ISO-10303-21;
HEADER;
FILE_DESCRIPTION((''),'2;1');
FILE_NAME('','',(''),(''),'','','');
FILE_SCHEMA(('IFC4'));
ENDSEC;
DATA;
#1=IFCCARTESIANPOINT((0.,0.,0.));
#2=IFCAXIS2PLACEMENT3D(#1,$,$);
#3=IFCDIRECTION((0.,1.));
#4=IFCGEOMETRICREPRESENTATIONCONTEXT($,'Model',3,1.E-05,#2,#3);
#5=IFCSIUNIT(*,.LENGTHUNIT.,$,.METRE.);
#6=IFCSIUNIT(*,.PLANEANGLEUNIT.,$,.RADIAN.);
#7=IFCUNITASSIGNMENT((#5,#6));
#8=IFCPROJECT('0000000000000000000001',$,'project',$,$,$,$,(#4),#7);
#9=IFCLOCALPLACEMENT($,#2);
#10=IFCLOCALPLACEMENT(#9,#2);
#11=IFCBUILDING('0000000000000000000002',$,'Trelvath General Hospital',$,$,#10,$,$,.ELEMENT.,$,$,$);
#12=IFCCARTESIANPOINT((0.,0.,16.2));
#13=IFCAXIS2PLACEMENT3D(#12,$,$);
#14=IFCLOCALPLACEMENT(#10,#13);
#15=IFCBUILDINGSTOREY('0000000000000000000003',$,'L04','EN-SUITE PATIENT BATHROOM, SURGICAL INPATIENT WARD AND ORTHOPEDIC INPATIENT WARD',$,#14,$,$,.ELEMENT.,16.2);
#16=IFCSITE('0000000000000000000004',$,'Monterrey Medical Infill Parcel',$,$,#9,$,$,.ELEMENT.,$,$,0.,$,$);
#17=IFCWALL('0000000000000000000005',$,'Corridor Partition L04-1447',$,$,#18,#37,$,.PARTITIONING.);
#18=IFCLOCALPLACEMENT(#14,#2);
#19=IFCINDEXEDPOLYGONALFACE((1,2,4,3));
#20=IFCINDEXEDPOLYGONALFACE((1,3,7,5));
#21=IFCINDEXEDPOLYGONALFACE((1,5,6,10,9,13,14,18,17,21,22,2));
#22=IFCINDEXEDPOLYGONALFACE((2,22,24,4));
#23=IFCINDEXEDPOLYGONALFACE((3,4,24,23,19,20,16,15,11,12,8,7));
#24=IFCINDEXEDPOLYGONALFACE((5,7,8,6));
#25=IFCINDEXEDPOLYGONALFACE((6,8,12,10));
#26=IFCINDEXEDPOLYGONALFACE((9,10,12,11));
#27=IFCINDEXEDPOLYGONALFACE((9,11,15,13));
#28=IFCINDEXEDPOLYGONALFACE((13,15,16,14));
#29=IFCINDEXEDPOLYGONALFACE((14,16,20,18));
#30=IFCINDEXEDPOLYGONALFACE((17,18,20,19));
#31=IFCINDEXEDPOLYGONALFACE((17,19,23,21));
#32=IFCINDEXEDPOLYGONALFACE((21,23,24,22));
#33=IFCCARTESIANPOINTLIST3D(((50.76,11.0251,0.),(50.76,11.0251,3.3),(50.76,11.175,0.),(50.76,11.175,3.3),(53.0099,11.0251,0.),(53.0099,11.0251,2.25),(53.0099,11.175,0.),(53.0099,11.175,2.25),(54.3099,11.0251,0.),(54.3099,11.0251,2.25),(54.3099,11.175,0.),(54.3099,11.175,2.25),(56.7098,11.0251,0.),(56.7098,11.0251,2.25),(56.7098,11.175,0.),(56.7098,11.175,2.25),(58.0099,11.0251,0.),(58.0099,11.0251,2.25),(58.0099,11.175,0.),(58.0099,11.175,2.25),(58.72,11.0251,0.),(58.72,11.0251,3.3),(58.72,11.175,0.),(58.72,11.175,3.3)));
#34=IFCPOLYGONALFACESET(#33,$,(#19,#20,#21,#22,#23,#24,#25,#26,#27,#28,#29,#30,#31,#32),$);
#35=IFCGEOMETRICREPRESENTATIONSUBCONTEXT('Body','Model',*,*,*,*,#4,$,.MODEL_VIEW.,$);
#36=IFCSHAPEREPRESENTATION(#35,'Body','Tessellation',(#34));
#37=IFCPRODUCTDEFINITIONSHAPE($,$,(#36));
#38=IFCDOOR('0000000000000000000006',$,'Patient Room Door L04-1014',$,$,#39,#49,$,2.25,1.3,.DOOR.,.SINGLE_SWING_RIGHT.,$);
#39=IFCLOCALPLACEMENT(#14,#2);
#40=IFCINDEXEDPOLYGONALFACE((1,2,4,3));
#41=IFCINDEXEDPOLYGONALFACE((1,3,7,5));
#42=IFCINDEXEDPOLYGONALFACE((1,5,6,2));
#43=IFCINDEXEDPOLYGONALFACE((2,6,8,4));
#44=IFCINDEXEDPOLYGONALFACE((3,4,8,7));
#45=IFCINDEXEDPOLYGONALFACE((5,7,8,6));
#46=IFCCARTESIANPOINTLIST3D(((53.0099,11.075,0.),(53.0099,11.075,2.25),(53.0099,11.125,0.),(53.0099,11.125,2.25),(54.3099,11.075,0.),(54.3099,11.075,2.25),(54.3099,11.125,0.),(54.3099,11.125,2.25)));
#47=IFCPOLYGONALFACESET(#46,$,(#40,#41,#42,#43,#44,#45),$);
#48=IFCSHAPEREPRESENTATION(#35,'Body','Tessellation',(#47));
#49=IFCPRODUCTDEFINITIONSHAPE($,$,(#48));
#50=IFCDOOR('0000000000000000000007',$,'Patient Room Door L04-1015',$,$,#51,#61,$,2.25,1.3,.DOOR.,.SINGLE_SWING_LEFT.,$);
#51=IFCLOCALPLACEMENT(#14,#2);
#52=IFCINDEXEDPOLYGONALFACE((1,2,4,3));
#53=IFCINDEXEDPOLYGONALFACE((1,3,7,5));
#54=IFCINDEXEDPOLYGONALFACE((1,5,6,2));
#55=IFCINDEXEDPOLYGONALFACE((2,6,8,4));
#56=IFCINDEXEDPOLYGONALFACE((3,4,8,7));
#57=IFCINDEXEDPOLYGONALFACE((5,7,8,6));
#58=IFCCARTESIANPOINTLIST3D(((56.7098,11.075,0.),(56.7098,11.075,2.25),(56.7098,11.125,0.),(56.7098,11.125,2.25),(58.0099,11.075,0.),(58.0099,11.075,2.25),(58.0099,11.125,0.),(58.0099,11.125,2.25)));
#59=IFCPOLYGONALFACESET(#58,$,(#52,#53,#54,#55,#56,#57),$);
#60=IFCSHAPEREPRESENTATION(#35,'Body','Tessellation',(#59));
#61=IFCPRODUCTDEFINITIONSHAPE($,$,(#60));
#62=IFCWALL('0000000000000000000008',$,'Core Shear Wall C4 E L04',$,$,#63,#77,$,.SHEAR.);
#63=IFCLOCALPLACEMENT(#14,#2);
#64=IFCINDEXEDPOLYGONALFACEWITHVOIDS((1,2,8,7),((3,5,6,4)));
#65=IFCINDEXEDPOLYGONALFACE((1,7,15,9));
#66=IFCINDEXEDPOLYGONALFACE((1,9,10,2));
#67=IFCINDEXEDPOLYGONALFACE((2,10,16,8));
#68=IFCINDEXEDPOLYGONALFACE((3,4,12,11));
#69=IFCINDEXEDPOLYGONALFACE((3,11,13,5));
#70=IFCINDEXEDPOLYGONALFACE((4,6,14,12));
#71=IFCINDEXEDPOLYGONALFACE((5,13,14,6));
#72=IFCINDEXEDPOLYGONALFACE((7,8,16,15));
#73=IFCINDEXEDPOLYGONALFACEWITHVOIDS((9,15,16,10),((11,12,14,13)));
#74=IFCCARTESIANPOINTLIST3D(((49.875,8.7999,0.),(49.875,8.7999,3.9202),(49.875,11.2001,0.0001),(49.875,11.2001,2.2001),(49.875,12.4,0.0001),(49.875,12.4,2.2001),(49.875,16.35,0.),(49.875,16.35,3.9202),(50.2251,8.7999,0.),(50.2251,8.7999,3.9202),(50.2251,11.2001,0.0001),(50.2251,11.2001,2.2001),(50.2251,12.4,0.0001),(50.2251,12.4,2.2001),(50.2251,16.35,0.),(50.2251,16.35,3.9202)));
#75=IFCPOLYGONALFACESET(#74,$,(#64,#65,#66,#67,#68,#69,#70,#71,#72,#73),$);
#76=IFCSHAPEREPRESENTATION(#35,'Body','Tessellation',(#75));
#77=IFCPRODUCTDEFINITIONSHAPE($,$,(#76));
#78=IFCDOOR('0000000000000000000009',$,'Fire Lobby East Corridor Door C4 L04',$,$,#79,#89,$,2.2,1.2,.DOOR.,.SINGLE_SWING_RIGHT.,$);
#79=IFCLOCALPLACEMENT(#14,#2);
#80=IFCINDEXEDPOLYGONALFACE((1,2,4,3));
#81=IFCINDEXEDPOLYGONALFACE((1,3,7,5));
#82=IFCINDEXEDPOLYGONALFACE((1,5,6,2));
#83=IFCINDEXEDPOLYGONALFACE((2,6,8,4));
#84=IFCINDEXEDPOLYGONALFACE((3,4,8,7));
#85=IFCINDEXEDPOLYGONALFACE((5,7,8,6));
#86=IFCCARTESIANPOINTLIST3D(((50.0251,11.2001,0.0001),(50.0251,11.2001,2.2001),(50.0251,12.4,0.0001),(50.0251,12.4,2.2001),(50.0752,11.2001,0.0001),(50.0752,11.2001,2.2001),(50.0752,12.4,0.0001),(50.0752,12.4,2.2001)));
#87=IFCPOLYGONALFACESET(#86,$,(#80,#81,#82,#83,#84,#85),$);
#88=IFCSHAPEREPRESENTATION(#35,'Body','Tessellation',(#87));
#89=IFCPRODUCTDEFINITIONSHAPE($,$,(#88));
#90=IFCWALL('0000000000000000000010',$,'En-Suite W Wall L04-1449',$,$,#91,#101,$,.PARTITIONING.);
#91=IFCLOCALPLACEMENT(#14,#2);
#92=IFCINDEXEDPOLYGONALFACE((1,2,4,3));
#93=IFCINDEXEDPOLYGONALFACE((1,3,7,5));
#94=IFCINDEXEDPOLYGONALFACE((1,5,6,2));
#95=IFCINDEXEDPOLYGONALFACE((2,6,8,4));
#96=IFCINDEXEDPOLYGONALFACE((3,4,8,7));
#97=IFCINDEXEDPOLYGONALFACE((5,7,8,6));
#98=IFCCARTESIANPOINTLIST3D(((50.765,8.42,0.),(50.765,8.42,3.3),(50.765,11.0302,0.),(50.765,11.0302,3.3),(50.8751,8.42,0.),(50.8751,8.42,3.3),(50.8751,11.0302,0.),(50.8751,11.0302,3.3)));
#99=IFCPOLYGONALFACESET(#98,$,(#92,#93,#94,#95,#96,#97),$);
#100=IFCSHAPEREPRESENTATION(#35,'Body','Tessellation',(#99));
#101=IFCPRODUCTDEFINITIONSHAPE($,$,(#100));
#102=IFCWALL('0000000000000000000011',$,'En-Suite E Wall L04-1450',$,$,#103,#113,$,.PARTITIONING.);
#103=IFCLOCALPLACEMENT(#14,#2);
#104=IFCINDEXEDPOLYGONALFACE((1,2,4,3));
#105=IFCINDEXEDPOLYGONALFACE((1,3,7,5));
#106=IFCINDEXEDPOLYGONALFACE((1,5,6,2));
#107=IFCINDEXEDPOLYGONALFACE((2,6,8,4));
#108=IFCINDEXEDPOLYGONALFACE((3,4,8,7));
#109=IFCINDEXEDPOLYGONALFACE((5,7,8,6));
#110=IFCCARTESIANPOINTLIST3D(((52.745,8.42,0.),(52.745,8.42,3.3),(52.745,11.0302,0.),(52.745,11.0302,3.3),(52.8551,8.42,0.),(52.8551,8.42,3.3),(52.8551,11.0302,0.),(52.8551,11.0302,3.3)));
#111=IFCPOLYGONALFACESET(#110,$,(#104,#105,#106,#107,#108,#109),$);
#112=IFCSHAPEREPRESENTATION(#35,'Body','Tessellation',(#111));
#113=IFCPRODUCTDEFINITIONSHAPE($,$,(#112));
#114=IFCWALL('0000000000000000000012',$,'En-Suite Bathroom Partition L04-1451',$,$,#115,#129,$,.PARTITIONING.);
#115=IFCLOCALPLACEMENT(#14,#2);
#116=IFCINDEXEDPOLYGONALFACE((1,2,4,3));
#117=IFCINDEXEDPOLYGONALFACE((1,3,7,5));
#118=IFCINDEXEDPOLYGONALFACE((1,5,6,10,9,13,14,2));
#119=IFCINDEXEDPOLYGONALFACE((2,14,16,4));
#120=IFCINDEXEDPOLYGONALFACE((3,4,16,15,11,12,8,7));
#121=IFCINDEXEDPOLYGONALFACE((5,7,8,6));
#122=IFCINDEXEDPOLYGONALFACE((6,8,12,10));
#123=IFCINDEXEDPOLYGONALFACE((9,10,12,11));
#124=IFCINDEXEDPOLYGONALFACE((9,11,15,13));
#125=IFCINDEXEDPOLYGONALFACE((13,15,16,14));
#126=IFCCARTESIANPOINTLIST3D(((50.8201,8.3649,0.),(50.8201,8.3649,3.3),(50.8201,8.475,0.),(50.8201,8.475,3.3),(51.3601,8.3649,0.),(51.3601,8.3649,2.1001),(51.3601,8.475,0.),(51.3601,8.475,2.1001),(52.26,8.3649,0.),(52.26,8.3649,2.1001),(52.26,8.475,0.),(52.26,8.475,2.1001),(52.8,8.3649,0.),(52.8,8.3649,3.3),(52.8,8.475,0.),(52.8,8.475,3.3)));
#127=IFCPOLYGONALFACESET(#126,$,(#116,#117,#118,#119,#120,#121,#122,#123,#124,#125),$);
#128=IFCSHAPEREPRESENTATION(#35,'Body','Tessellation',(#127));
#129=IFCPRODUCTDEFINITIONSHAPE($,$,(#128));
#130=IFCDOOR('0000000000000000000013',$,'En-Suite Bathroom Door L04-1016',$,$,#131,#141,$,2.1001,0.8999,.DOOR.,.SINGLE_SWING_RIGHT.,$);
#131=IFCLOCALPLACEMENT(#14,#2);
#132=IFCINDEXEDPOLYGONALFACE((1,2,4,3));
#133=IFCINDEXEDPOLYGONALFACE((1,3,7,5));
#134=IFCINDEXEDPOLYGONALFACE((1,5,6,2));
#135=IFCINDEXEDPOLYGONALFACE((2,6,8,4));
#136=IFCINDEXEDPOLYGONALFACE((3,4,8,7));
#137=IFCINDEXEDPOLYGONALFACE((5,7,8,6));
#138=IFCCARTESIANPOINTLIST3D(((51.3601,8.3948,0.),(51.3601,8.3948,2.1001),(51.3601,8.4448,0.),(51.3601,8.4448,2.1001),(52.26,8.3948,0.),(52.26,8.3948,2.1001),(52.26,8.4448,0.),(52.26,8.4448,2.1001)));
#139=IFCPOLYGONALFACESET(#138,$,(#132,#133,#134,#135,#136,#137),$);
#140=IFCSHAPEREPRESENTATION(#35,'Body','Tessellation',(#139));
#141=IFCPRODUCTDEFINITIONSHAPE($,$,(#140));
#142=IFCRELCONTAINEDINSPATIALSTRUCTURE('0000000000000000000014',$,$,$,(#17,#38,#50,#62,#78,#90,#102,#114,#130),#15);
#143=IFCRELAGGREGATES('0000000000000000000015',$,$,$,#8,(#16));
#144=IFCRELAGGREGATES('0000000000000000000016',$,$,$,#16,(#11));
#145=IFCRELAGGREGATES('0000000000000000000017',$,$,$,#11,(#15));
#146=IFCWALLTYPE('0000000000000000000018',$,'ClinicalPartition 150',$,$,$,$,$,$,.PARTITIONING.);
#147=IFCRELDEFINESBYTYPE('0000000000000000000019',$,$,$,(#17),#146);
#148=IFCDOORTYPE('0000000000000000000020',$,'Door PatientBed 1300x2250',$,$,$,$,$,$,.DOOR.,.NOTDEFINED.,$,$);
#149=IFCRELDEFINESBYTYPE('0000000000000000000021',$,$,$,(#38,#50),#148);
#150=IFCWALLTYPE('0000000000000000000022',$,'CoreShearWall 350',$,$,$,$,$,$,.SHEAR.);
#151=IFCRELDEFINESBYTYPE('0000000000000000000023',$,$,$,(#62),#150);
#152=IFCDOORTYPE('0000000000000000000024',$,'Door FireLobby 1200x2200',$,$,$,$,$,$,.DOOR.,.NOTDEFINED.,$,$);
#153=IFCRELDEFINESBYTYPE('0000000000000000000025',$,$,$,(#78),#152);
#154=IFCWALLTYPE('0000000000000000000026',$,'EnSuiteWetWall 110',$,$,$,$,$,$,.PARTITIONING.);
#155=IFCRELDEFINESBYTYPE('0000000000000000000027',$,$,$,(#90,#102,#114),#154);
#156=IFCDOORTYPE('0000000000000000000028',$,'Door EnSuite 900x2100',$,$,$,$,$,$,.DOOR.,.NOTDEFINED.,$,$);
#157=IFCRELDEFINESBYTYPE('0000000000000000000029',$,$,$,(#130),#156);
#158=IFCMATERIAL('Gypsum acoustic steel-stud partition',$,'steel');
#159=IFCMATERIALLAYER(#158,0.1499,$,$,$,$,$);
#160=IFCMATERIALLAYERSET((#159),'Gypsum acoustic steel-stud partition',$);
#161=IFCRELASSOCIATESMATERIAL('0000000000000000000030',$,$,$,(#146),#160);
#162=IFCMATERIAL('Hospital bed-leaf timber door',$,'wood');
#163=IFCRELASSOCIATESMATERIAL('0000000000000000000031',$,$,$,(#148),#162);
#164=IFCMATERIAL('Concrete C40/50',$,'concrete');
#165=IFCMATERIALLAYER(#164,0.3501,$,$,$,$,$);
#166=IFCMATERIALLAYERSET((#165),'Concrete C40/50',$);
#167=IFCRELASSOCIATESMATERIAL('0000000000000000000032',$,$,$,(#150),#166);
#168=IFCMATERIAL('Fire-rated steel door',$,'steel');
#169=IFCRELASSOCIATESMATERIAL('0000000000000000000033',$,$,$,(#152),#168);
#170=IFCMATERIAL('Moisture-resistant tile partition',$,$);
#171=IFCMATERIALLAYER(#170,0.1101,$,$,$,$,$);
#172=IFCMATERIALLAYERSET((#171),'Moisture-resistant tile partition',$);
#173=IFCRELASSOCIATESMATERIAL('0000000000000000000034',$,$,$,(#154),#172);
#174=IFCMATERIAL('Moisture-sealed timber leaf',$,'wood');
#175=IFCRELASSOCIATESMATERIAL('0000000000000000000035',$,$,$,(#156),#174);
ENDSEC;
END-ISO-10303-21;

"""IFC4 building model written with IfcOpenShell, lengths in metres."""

from ifc_helpers import new_model, si_unit, direction, frame, frame_2d, origin, place, context, subcontext, project, spatial, rectangle, extrude, material, layer, layer_set, type_object, element, fill, save


model = new_model("IFC4")

# Units and contexts
model_context = context("Model", 3, precision=1e-05, world=origin(), true_north=direction((0.0, 1.0)))
body_context = subcontext(model_context, "Body", "Model", "MODEL_VIEW")
ifc_project = project(units=[si_unit("LENGTHUNIT", "METRE"), si_unit("PLANEANGLEUNIT", "RADIAN")], contexts=[model_context])

# Site, building, storey
site_placement = place(None, origin())
site = spatial("IfcSite", under=ifc_project, at=site_placement, Name="Monterrey Medical Infill Parcel", CompositionType="ELEMENT", RefElevation=0.0)
building_placement = place(site_placement, origin())
building = spatial("IfcBuilding", under=site, at=building_placement, Name="Trelvath General Hospital", CompositionType="ELEMENT")
storey_placement = place(building_placement, frame((0.0, 0.0, 16.2)))
storey = spatial("IfcBuildingStorey", under=building, at=storey_placement, Name="L04", Description="EN-SUITE PATIENT BATHROOM, SURGICAL INPATIENT WARD AND ORTHOPEDIC INPATIENT WARD", CompositionType="ELEMENT", Elevation=16.2)

# Wall, openings, doors
ifc_material_1 = material(Name="Gypsum acoustic steel-stud partition", Category="steel")
ifc_layer_1 = layer(ifc_material_1, 0.1499)
ifc_layer_set_1 = layer_set([ifc_layer_1], Name="Gypsum acoustic steel-stud partition")
wall_type_1 = type_object("IfcWallType", Name="ClinicalPartition 150", PredefinedType="PARTITIONING", material=ifc_layer_set_1)
wall_1_placement = place(storey_placement, frame((50.76, 11.1001, 0.0), z_axis=(0.0, 0.0, 1.0), x_axis=(1.0, 0.0, 0.0)))
wall_1 = element("IfcWall", 1, at=wall_1_placement, inside=storey, type_object=wall_type_1, Name="Corridor Partition L04-1447", PredefinedType="PARTITIONING", context=body_context, shape_type="SweptSolid", body=[
    extrude(rectangle(XDim=7.96, YDim=0.1499, at=frame_2d((3.98, 0.0))), origin(), (0.0, 0.0, 1.0), 3.3),
])
opening_1_placement = place(wall_1_placement, frame((2.25, 0.0, 0.0)))
opening_1 = element("IfcOpeningElement", 2, at=opening_1_placement, cuts=wall_1, PredefinedType="OPENING", context=body_context, shape_type="SweptSolid", body=[
    extrude(rectangle(XDim=1.3, YDim=2.25, at=frame_2d((0.6499, 1.125))), frame((0.0, 0.085, 0.0), z_axis=(0.0, -1.0, 0.0), x_axis=(1.0, 0.0, 0.0)), (0.0, 0.0, 1.0), 0.1699),
])
opening_2_placement = place(wall_1_placement, frame((5.95, 0.0, 0.0)))
opening_2 = element("IfcOpeningElement", 3, at=opening_2_placement, cuts=wall_1, PredefinedType="OPENING", context=body_context, shape_type="SweptSolid", body=[
    extrude(rectangle(XDim=1.3, YDim=2.25, at=frame_2d((0.6499, 1.125))), frame((0.0, 0.085, 0.0), z_axis=(0.0, -1.0, 0.0), x_axis=(1.0, 0.0, 0.0)), (0.0, 0.0, 1.0), 0.1699),
])
ifc_material_2 = material(Name="Hospital bed-leaf timber door", Category="wood")
door_type_1 = type_object("IfcDoorType", Name="Door PatientBed 1300x2250", OperationType="NOTDEFINED", PredefinedType="DOOR", material=ifc_material_2)
door_1_placement = place(opening_1_placement, origin())
door_1 = element("IfcDoor", 4, at=door_1_placement, inside=storey, type_object=door_type_1, Name="Patient Room Door L04-1014", OperationType="SINGLE_SWING_RIGHT", OverallHeight=2.25, OverallWidth=1.3, PredefinedType="DOOR", context=body_context, shape_type="SweptSolid", body=[
    extrude(rectangle(XDim=1.3, YDim=2.25, at=frame_2d((0.6499, 1.125))), frame((0.0, 0.0249, 0.0), z_axis=(0.0, -1.0, 0.0), x_axis=(1.0, 0.0, 0.0)), (0.0, 0.0, 1.0), 0.05),
])
fill(opening_1, door_1)
door_2_placement = place(opening_2_placement, origin())
door_2 = element("IfcDoor", 5, at=door_2_placement, inside=storey, type_object=door_type_1, Name="Patient Room Door L04-1015", OperationType="SINGLE_SWING_LEFT", OverallHeight=2.25, OverallWidth=1.3, PredefinedType="DOOR", context=body_context, shape_type="SweptSolid", body=[
    extrude(rectangle(XDim=1.3, YDim=2.25, at=frame_2d((0.6499, 1.125))), frame((0.0, 0.0249, 0.0), z_axis=(0.0, -1.0, 0.0), x_axis=(1.0, 0.0, 0.0)), (0.0, 0.0, 1.0), 0.05),
])
fill(opening_2, door_2)

# Wall, opening, door
ifc_material_3 = material(Name="Concrete C40/50", Category="concrete")
ifc_layer_2 = layer(ifc_material_3, 0.3501)
ifc_layer_set_2 = layer_set([ifc_layer_2], Name="Concrete C40/50")
wall_type_2 = type_object("IfcWallType", Name="CoreShearWall 350", PredefinedType="SHEAR", material=ifc_layer_set_2)
wall_2_placement = place(storey_placement, frame((50.05, 8.8, 0.0), z_axis=(0.0, 0.0, 1.0), x_axis=(0.0, 1.0, 0.0)))
wall_2 = element("IfcWall", 6, at=wall_2_placement, inside=storey, type_object=wall_type_2, Name="Core Shear Wall C4 E L04", PredefinedType="SHEAR", context=body_context, shape_type="SweptSolid", body=[
    extrude(rectangle(XDim=7.55, YDim=0.3501, at=frame_2d((3.7749, 0.0))), origin(), (0.0, 0.0, 1.0), 3.9202),
])
opening_3_placement = place(wall_2_placement, frame((2.3999, 0.0, 0.0)))
opening_3 = element("IfcOpeningElement", 7, at=opening_3_placement, cuts=wall_2, PredefinedType="OPENING", context=body_context, shape_type="SweptSolid", body=[
    extrude(rectangle(XDim=1.2, YDim=2.2, at=frame_2d((0.6001, 1.1001))), frame((0.0, 0.1851, 0.0), z_axis=(0.0, -1.0, 0.0), x_axis=(1.0, 0.0, 0.0)), (0.0, 0.0, 1.0), 0.3701),
])
ifc_material_4 = material(Name="Fire-rated steel door", Category="steel")
door_type_2 = type_object("IfcDoorType", Name="Door FireLobby 1200x2200", OperationType="NOTDEFINED", PredefinedType="DOOR", material=ifc_material_4)
door_3_placement = place(opening_3_placement, origin())
door_3 = element("IfcDoor", 8, at=door_3_placement, inside=storey, type_object=door_type_2, Name="Fire Lobby East Corridor Door C4 L04", OperationType="SINGLE_SWING_RIGHT", OverallHeight=2.2, OverallWidth=1.2, PredefinedType="DOOR", context=body_context, shape_type="SweptSolid", body=[
    extrude(rectangle(XDim=1.2, YDim=2.2, at=frame_2d((0.6001, 1.1001))), frame((0.0, 0.0249, 0.0), z_axis=(0.0, -1.0, 0.0), x_axis=(1.0, 0.0, 0.0)), (0.0, 0.0, 1.0), 0.05),
])
fill(opening_3, door_3)

# Walls
ifc_material_5 = material(Name="Moisture-resistant tile partition")
ifc_layer_3 = layer(ifc_material_5, 0.1101)
ifc_layer_set_3 = layer_set([ifc_layer_3], Name="Moisture-resistant tile partition")
wall_type_3 = type_object("IfcWallType", Name="EnSuiteWetWall 110", PredefinedType="PARTITIONING", material=ifc_layer_set_3)
for number, where, z_axis, x_axis, name in (
    (9, (50.8201, 8.4199, 0.0), (0.0, 0.0, 1.0), (0.0, 1.0, 0.0), "En-Suite W Wall L04-1449"),
    (10, (52.8, 8.4199, 0.0), (0.0, 0.0, 1.0), (0.0, 1.0, 0.0), "En-Suite E Wall L04-1450"),
):
    element("IfcWall", number, at=place(storey_placement, frame(where, z_axis=z_axis, x_axis=x_axis)), inside=storey, type_object=wall_type_3, Name=name, PredefinedType="PARTITIONING", context=body_context, shape_type="SweptSolid", body=[
        extrude(rectangle(XDim=2.6101, YDim=0.1101, at=frame_2d((1.3052, 0.0))), origin(), (0.0, 0.0, 1.0), 3.3),
    ])

# Wall, opening, door
wall_3_placement = place(storey_placement, frame((50.8201, 8.4199, 0.0), z_axis=(0.0, 0.0, 1.0), x_axis=(1.0, 0.0, 0.0)))
wall_3 = element("IfcWall", 11, at=wall_3_placement, inside=storey, type_object=wall_type_3, Name="En-Suite Bathroom Partition L04-1451", PredefinedType="PARTITIONING", context=body_context, shape_type="SweptSolid", body=[
    extrude(rectangle(XDim=1.98, YDim=0.1101, at=frame_2d((0.99, 0.0))), origin(), (0.0, 0.0, 1.0), 3.3),
])
opening_4_placement = place(wall_3_placement, frame((0.54, 0.0, 0.0)))
opening_4 = element("IfcOpeningElement", 12, at=opening_4_placement, cuts=wall_3, PredefinedType="OPENING", context=body_context, shape_type="SweptSolid", body=[
    extrude(rectangle(XDim=0.8999, YDim=2.1001, at=frame_2d((0.45, 1.05))), frame((0.0, 0.0649, 0.0), z_axis=(0.0, -1.0, 0.0), x_axis=(1.0, 0.0, 0.0)), (0.0, 0.0, 1.0), 0.1301),
])
ifc_material_6 = material(Name="Moisture-sealed timber leaf", Category="wood")
door_type_3 = type_object("IfcDoorType", Name="Door EnSuite 900x2100", OperationType="NOTDEFINED", PredefinedType="DOOR", material=ifc_material_6)
door_4_placement = place(opening_4_placement, origin())
door_4 = element("IfcDoor", 13, at=door_4_placement, inside=storey, type_object=door_type_3, Name="En-Suite Bathroom Door L04-1016", OperationType="SINGLE_SWING_RIGHT", OverallHeight=2.1001, OverallWidth=0.8999, PredefinedType="DOOR", context=body_context, shape_type="SweptSolid", body=[
    extrude(rectangle(XDim=0.8999, YDim=2.1001, at=frame_2d((0.45, 1.05))), frame((0.0, 0.0249, 0.0), z_axis=(0.0, -1.0, 0.0), x_axis=(1.0, 0.0, 0.0)), (0.0, 0.0, 1.0), 0.05),
])
fill(opening_4, door_4)

save(model, "model.ifc")
